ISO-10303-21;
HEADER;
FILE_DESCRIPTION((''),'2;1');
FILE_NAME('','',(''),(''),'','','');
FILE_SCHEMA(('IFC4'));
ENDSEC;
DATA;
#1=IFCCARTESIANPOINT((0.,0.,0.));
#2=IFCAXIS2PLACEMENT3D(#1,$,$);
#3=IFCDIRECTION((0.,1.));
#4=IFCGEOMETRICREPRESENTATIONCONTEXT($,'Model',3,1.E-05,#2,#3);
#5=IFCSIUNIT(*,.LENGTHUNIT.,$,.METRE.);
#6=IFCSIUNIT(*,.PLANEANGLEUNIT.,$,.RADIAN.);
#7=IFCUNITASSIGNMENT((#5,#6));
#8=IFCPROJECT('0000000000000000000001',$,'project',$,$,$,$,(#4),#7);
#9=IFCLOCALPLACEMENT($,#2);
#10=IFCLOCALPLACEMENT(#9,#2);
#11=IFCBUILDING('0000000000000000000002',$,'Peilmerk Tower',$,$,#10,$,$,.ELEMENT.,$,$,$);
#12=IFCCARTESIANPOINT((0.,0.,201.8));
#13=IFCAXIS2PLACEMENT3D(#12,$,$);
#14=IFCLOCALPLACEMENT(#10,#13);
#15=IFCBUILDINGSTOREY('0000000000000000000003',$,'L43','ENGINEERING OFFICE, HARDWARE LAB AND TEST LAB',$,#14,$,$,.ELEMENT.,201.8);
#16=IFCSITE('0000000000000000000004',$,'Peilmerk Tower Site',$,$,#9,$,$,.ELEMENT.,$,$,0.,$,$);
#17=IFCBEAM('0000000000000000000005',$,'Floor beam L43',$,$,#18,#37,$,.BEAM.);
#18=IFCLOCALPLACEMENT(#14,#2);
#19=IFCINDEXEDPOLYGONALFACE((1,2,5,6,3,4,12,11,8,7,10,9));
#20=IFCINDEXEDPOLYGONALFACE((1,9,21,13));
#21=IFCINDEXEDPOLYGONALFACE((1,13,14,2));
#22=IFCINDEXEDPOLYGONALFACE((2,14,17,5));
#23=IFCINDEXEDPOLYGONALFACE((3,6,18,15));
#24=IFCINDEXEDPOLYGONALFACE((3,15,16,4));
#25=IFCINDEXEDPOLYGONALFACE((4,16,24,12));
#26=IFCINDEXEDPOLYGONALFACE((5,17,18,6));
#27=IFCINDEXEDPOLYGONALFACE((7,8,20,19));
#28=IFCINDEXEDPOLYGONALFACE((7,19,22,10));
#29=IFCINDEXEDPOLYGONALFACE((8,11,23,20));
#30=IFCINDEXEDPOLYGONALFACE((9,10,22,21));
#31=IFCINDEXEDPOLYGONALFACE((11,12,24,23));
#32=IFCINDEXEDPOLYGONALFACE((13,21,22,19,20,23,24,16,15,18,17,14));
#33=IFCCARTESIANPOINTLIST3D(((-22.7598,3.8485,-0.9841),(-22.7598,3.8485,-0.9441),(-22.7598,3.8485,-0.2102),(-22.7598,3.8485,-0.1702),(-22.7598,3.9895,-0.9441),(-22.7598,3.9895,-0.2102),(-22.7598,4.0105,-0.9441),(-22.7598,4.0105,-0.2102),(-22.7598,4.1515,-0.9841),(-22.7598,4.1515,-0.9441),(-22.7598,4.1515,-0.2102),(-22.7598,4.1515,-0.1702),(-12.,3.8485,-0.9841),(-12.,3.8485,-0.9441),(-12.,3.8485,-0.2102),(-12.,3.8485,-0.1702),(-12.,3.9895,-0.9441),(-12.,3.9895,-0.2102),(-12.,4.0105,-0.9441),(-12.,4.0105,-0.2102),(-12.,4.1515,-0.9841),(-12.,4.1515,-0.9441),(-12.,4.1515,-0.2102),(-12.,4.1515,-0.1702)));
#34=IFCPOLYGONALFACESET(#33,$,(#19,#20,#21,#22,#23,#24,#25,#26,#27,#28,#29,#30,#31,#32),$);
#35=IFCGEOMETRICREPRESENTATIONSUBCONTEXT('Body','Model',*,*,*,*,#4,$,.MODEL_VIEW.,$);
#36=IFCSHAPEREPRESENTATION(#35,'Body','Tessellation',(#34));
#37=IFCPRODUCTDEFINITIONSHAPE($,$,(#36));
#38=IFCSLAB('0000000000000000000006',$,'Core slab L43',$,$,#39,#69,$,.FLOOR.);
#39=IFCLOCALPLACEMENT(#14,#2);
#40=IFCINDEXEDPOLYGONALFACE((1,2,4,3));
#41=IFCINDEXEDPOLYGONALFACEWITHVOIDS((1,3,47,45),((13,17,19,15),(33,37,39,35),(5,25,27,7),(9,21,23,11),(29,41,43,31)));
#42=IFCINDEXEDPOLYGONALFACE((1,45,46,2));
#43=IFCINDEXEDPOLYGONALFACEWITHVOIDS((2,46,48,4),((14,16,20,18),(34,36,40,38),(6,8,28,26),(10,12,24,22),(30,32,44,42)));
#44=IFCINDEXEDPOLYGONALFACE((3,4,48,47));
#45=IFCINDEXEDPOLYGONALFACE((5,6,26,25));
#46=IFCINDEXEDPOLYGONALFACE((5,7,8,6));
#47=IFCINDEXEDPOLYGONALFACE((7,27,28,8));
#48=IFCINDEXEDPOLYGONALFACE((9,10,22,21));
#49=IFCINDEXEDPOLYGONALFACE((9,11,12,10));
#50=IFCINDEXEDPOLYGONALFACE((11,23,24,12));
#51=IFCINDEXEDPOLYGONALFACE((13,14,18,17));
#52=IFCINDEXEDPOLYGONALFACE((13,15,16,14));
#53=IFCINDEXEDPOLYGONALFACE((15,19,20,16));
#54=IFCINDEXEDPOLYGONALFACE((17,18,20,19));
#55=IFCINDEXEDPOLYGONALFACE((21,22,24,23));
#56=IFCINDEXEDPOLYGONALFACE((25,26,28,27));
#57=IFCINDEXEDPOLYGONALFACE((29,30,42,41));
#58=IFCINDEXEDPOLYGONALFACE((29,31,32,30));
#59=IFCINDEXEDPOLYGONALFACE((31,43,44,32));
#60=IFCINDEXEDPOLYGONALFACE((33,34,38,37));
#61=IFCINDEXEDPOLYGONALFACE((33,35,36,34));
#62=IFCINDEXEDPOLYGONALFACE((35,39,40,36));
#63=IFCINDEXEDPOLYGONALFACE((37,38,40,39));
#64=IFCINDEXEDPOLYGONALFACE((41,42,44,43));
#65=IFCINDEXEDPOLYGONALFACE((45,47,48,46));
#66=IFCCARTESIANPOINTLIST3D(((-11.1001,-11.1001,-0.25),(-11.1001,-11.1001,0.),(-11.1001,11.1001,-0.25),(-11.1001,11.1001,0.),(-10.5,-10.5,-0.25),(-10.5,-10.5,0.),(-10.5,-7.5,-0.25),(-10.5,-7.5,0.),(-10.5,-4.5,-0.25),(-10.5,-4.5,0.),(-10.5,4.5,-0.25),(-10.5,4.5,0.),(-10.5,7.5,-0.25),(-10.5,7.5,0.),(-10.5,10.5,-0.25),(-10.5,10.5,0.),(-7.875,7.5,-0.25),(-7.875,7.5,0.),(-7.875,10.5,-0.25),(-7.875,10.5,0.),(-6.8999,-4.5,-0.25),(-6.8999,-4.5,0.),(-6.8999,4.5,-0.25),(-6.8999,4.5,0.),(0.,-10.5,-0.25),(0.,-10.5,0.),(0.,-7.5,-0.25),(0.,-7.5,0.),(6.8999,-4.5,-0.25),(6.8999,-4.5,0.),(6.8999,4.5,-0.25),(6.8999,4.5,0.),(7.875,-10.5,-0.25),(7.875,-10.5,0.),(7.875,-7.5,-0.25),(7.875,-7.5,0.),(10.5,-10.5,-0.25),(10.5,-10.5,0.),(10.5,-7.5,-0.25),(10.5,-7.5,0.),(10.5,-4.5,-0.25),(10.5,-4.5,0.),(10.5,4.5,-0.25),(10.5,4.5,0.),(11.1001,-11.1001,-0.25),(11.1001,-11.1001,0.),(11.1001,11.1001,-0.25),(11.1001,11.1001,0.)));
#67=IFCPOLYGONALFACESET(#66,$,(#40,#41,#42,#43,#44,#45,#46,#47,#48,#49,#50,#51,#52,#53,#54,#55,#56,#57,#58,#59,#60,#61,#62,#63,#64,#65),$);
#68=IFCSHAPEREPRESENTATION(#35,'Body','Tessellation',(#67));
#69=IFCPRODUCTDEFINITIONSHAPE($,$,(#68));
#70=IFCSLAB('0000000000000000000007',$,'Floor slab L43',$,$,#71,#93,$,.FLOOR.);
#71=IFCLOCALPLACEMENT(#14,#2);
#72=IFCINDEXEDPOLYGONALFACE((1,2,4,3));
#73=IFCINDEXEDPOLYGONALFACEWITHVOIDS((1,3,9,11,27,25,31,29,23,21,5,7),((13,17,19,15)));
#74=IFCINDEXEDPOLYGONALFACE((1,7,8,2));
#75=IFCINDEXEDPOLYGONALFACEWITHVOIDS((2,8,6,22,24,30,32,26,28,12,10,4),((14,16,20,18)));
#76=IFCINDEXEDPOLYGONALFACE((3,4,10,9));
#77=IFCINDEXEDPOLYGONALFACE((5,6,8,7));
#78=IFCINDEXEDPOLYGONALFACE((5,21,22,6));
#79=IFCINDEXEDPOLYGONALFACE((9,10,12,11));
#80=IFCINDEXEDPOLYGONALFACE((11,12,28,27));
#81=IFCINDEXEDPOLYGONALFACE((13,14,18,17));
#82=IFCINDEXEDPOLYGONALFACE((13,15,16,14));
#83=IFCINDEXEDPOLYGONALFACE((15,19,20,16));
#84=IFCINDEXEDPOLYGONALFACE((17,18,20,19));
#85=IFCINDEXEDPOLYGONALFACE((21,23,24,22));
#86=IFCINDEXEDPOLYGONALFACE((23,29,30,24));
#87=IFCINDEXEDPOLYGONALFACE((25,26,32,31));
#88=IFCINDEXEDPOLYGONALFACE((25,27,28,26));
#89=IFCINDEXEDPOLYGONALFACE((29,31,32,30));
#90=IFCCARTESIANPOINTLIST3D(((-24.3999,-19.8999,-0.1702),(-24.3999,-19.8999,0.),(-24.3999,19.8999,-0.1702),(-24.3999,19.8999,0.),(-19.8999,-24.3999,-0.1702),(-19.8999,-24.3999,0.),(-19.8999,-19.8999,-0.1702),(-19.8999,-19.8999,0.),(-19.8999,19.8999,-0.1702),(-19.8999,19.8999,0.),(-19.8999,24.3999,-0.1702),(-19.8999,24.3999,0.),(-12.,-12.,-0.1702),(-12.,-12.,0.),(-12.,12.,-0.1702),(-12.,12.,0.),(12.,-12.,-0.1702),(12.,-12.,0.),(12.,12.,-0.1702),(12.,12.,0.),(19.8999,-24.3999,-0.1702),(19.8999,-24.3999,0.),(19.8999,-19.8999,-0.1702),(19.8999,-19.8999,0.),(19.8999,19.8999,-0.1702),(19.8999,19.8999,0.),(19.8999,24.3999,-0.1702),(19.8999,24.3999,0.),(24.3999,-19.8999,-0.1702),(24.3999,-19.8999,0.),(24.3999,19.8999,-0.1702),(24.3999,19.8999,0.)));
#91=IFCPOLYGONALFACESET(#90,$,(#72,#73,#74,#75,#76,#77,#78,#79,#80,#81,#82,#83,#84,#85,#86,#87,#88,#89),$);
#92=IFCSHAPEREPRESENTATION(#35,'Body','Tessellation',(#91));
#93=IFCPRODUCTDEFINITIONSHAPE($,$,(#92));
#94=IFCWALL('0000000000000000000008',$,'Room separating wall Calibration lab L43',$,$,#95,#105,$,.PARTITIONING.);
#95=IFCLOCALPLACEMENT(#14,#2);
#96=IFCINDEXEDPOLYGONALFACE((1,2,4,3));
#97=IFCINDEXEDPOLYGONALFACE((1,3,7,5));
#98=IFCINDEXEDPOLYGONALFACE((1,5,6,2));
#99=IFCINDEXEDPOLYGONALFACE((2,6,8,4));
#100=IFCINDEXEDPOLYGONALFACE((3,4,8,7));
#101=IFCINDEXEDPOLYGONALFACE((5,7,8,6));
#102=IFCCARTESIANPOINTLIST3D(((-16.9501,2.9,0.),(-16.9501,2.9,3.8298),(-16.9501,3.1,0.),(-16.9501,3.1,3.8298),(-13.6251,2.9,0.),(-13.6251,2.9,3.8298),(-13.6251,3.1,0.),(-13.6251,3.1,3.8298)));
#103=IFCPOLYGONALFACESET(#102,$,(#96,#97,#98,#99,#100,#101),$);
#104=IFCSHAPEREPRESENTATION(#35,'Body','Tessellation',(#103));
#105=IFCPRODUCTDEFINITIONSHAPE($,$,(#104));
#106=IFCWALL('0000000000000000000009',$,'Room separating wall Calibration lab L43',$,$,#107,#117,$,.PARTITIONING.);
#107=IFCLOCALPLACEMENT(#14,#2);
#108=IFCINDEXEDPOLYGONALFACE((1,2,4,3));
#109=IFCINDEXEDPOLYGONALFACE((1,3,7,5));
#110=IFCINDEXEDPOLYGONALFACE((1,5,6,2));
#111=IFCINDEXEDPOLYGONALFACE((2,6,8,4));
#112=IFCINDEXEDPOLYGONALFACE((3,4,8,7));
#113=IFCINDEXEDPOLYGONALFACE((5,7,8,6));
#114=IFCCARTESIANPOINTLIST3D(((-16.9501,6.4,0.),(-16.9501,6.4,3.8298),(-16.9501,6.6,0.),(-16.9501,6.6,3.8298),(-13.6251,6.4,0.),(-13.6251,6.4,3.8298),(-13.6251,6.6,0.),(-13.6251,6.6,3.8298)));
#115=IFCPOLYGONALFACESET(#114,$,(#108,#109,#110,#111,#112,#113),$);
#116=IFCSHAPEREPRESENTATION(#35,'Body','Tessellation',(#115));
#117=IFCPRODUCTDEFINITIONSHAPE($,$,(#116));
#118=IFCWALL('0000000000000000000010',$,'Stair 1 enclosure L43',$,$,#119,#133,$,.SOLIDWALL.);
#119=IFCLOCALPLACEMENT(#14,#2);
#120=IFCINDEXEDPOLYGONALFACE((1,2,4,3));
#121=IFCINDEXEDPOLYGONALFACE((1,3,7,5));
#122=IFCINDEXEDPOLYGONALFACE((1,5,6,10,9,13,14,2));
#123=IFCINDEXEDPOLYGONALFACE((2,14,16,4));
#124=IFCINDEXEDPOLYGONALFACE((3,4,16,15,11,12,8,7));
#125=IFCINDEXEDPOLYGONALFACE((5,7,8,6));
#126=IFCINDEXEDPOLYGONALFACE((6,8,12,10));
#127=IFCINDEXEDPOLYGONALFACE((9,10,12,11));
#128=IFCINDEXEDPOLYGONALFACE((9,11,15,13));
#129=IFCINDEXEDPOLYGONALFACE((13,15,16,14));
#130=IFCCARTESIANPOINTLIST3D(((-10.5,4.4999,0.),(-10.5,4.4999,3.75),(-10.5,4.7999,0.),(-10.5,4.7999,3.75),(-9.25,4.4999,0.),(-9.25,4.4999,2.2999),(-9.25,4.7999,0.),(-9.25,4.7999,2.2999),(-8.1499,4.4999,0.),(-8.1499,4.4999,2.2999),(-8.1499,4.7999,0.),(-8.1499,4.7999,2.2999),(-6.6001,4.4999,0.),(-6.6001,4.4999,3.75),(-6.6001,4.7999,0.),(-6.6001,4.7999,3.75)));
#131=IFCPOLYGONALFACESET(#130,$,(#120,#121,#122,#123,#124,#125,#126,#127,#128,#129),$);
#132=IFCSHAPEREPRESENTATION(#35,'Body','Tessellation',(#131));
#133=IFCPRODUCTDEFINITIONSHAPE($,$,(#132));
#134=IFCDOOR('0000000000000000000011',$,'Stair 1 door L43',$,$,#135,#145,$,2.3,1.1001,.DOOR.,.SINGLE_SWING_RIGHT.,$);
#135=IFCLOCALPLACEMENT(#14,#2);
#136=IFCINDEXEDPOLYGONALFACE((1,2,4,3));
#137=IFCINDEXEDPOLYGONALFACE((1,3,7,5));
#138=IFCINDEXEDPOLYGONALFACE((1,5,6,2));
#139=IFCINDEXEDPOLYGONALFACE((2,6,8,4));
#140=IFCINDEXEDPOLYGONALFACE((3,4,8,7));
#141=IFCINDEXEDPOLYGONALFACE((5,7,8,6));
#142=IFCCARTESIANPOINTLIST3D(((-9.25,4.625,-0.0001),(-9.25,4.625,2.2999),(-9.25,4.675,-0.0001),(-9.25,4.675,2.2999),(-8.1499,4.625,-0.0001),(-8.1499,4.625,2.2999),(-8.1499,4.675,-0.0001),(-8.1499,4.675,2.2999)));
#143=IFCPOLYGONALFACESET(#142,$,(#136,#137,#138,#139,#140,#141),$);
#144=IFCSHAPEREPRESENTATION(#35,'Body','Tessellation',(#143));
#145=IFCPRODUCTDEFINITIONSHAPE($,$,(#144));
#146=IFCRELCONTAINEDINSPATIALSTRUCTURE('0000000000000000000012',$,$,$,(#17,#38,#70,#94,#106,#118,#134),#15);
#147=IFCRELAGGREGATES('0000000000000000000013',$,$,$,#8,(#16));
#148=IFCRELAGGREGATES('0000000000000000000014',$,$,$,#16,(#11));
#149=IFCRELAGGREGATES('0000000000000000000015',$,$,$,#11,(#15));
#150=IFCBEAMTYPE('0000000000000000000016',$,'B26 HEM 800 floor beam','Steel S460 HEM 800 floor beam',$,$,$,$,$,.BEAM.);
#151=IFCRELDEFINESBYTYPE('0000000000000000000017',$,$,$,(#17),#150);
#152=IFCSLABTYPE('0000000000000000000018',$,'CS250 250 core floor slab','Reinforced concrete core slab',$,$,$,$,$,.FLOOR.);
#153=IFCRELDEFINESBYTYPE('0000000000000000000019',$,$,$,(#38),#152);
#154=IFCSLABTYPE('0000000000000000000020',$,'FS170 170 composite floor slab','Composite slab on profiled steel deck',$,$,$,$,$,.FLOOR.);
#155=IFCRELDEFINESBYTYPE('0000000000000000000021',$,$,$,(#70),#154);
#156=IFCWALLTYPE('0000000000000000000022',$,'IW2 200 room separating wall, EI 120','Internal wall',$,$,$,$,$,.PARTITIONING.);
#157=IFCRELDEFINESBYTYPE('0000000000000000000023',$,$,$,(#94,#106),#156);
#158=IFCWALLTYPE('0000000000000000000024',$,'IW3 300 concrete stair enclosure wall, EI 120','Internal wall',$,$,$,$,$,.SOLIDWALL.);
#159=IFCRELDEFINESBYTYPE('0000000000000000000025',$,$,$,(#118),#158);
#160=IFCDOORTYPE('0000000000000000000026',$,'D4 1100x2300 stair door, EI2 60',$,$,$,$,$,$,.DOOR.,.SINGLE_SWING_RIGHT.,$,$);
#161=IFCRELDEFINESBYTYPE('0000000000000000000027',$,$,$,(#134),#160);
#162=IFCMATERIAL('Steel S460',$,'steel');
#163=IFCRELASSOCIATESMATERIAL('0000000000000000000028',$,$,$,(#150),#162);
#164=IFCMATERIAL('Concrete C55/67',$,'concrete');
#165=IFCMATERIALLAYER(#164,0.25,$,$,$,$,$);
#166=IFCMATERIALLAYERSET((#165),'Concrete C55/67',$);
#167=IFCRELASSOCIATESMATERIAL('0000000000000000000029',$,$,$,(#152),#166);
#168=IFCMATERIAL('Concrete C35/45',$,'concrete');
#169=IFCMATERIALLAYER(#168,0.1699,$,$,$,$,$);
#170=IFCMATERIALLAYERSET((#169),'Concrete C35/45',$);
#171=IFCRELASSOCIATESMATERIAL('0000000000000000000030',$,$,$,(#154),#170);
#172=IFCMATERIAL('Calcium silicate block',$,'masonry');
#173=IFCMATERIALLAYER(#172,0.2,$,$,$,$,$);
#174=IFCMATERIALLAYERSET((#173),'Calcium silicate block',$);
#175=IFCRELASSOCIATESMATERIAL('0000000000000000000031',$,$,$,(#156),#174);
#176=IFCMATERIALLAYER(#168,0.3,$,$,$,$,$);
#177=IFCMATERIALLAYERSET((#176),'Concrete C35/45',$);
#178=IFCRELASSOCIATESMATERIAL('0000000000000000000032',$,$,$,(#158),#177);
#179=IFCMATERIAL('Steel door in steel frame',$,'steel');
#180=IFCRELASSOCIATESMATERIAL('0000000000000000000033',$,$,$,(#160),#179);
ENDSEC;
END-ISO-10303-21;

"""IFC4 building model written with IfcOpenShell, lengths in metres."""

from ifc_helpers import new_model, si_unit, direction, frame, frame_2d, origin, origin_2d, place, context, subcontext, project, spatial, polyline, rectangle, i_section, outline, extrude, material, layer, layer_set, material_profile, profile_set, type_object, element, fill, save


model = new_model("IFC4")

# Units and contexts
model_context = context("Model", 3, precision=1e-05, world=origin(), true_north=direction((0.0, 1.0)))
body_context = subcontext(model_context, "Body", "Model", "MODEL_VIEW")
ifc_project = project(units=[si_unit("LENGTHUNIT", "METRE"), si_unit("PLANEANGLEUNIT", "RADIAN")], contexts=[model_context])

# Site, building, storey
site_placement = place(None, origin())
site = spatial("IfcSite", under=ifc_project, at=site_placement, Name="Peilmerk Tower Site", CompositionType="ELEMENT", RefElevation=0.0)
building_placement = place(site_placement, origin())
building = spatial("IfcBuilding", under=site, at=building_placement, Name="Peilmerk Tower", CompositionType="ELEMENT")
storey_placement = place(building_placement, frame((0.0, 0.0, 201.8)))
storey = spatial("IfcBuildingStorey", under=building, at=storey_placement, Name="L43", Description="ENGINEERING OFFICE, HARDWARE LAB AND TEST LAB", CompositionType="ELEMENT", Elevation=201.8)

# Beam
ifc_material_1 = material(Name="Steel S460", Category="steel")
ifc_material_profile = material_profile(ifc_material_1, i_section(OverallWidth=0.303, OverallDepth=0.814, WebThickness=0.021, FlangeThickness=0.04, at=origin_2d()), Name="HEM 800")
ifc_profile_set = profile_set([ifc_material_profile], Name="Steel S460")
beam_type = type_object("IfcBeamType", Name="B26 HEM 800 floor beam", Description="Steel S460 HEM 800 floor beam", PredefinedType="BEAM", material=ifc_profile_set)
beam_placement = place(storey_placement, frame((-12.0, 4.0, -0.5771), z_axis=(-1.0, 0.0, 0.0), x_axis=(0.0, -1.0, 0.0)))
element("IfcBeam", 1, at=beam_placement, inside=storey, type_object=beam_type, Name="Floor beam L43", PredefinedType="BEAM", context=body_context, shape_type="SweptSolid", body=[
    extrude(i_section(OverallWidth=0.303, OverallDepth=0.814, WebThickness=0.021, FlangeThickness=0.04, at=origin_2d()), origin(), (0.0, 0.0, 1.0), 10.7598),
])

# Slabs
ifc_material_2 = material(Name="Concrete C55/67", Category="concrete")
ifc_layer_1 = layer(ifc_material_2, 0.25)
ifc_layer_set_1 = layer_set([ifc_layer_1], Name="Concrete C55/67")
slab_type_1 = type_object("IfcSlabType", Name="CS250 250 core floor slab", Description="Reinforced concrete core slab", PredefinedType="FLOOR", material=ifc_layer_set_1)
slab_1_placement = place(storey_placement, frame((0.0, 0.0, -0.25)))
element("IfcSlab", 2, at=slab_1_placement, inside=storey, type_object=slab_type_1, Name="Core slab L43", PredefinedType="FLOOR", context=body_context, shape_type="SweptSolid", body=[
    extrude(outline(polyline([(11.1001, -11.1001), (11.1001, 11.1001), (-11.1001, 11.1001), (-11.1001, -11.1001), (11.1001, -11.1001)]), holes=[polyline([(-7.875, 7.5), (-10.5, 7.5), (-10.5, 10.5), (-7.875, 10.5), (-7.875, 7.5)]), polyline([(0.0, -10.5), (-10.5, -10.5), (-10.5, -7.5), (0.0, -7.5), (0.0, -10.5)]), polyline([(7.875, -10.5), (7.875, -7.5), (10.5, -7.5), (10.5, -10.5), (7.875, -10.5)]), polyline([(-10.5, 4.5), (-6.8999, 4.5), (-6.8999, -4.5), (-10.5, -4.5), (-10.5, 4.5)]), polyline([(10.5, 4.5), (10.5, -4.5), (6.8999, -4.5), (6.8999, 4.5), (10.5, 4.5)])]), origin(), (0.0, 0.0, 1.0), 0.25),
])
ifc_material_3 = material(Name="Concrete C35/45", Category="concrete")
ifc_layer_2 = layer(ifc_material_3, 0.1699)
ifc_layer_set_2 = layer_set([ifc_layer_2], Name="Concrete C35/45")
slab_type_2 = type_object("IfcSlabType", Name="FS170 170 composite floor slab", Description="Composite slab on profiled steel deck", PredefinedType="FLOOR", material=ifc_layer_set_2)
slab_2_placement = place(storey_placement, frame((0.0, 0.0, -0.1702)))
element("IfcSlab", 3, at=slab_2_placement, inside=storey, type_object=slab_type_2, Name="Floor slab L43", PredefinedType="FLOOR", context=body_context, shape_type="SweptSolid", body=[
    extrude(outline(polyline([(-19.8999, -24.3999), (19.8999, -24.3999), (19.8999, -19.8999), (24.3999, -19.8999), (24.3999, 19.8999), (19.8999, 19.8999), (19.8999, 24.3999), (-19.8999, 24.3999), (-19.8999, 19.8999), (-24.3999, 19.8999), (-24.3999, -19.8999), (-19.8999, -19.8999), (-19.8999, -24.3999)]), holes=[polyline([(12.0, 12.0), (12.0, -12.0), (-12.0, -12.0), (-12.0, 12.0), (12.0, 12.0)])]), origin(), (0.0, 0.0, 1.0), 0.1702),
])

# Walls
ifc_material_4 = material(Name="Calcium silicate block", Category="masonry")
ifc_layer_3 = layer(ifc_material_4, 0.2)
ifc_layer_set_3 = layer_set([ifc_layer_3], Name="Calcium silicate block")
wall_type_1 = type_object("IfcWallType", Name="IW2 200 room separating wall, EI 120", Description="Internal wall", PredefinedType="PARTITIONING", material=ifc_layer_set_3)
for number, where, z_axis, x_axis, name in (
    (4, (-13.625, 3.0, 0.0), (0.0, 0.0, 1.0), (-1.0, 0.0, 0.0), "Room separating wall Calibration lab L43"),
    (5, (-13.625, 6.5, 0.0), (0.0, 0.0, 1.0), (-1.0, 0.0, 0.0), "Room separating wall Calibration lab L43"),
):
    element("IfcWall", number, at=place(storey_placement, frame(where, z_axis=z_axis, x_axis=x_axis)), inside=storey, type_object=wall_type_1, Name=name, PredefinedType="PARTITIONING", context=body_context, shape_type="SweptSolid", body=[
        extrude(rectangle(XDim=3.325, YDim=0.2, at=frame_2d((1.6626, 0.0))), origin(), (0.0, 0.0, 1.0), 3.8298),
    ])

# Wall, opening, door
ifc_layer_4 = layer(ifc_material_3, 0.3)
ifc_layer_set_4 = layer_set([ifc_layer_4], Name="Concrete C35/45")
wall_type_2 = type_object("IfcWallType", Name="IW3 300 concrete stair enclosure wall, EI 120", Description="Internal wall", PredefinedType="SOLIDWALL", material=ifc_layer_set_4)
wall_1_placement = place(storey_placement, frame((-10.5, 4.6499, 0.0), z_axis=(0.0, 0.0, 1.0), x_axis=(1.0, 0.0, 0.0)))
wall_1 = element("IfcWall", 6, at=wall_1_placement, inside=storey, type_object=wall_type_2, Name="Stair 1 enclosure L43", PredefinedType="SOLIDWALL", context=body_context, shape_type="SweptSolid", body=[
    extrude(rectangle(XDim=3.8999, YDim=0.3, at=frame_2d((1.95, 0.0))), origin(), (0.0, 0.0, 1.0), 3.75),
])
opening_1_placement = place(wall_1_placement, frame((1.25, 0.0, 0.0)))
opening_1 = element("IfcOpeningElement", 7, at=opening_1_placement, cuts=wall_1, PredefinedType="OPENING", context=body_context, shape_type="SweptSolid", body=[
    extrude(rectangle(XDim=1.1001, YDim=2.3, at=frame_2d((0.55, 1.1499))), frame((0.0, 0.1599, 0.0), z_axis=(0.0, -1.0, 0.0), x_axis=(1.0, 0.0, 0.0)), (0.0, 0.0, 1.0), 0.3201),
])
ifc_material_5 = material(Name="Steel door in steel frame", Category="steel")
door_type_1 = type_object("IfcDoorType", Name="D4 1100x2300 stair door, EI2 60", OperationType="SINGLE_SWING_RIGHT", PredefinedType="DOOR", material=ifc_material_5)
door_1_placement = place(opening_1_placement, frame((1.1001, 0.0, 0.0), z_axis=(0.0, 0.0, 1.0), x_axis=(-1.0, 0.0, 0.0)))
door_1 = element("IfcDoor", 8, at=door_1_placement, inside=storey, type_object=door_type_1, Name="Stair 1 door L43", OperationType="SINGLE_SWING_RIGHT", OverallHeight=2.3, OverallWidth=1.1001, PredefinedType="DOOR", context=body_context, shape_type="SweptSolid", body=[
    extrude(rectangle(XDim=1.1001, YDim=2.3, at=frame_2d((0.55, 1.1499))), frame((0.0, 0.0249, 0.0), z_axis=(0.0, -1.0, 0.0), x_axis=(1.0, 0.0, 0.0)), (0.0, 0.0, 1.0), 0.05),
])
fill(opening_1, door_1)

save(model, "model.ifc")
